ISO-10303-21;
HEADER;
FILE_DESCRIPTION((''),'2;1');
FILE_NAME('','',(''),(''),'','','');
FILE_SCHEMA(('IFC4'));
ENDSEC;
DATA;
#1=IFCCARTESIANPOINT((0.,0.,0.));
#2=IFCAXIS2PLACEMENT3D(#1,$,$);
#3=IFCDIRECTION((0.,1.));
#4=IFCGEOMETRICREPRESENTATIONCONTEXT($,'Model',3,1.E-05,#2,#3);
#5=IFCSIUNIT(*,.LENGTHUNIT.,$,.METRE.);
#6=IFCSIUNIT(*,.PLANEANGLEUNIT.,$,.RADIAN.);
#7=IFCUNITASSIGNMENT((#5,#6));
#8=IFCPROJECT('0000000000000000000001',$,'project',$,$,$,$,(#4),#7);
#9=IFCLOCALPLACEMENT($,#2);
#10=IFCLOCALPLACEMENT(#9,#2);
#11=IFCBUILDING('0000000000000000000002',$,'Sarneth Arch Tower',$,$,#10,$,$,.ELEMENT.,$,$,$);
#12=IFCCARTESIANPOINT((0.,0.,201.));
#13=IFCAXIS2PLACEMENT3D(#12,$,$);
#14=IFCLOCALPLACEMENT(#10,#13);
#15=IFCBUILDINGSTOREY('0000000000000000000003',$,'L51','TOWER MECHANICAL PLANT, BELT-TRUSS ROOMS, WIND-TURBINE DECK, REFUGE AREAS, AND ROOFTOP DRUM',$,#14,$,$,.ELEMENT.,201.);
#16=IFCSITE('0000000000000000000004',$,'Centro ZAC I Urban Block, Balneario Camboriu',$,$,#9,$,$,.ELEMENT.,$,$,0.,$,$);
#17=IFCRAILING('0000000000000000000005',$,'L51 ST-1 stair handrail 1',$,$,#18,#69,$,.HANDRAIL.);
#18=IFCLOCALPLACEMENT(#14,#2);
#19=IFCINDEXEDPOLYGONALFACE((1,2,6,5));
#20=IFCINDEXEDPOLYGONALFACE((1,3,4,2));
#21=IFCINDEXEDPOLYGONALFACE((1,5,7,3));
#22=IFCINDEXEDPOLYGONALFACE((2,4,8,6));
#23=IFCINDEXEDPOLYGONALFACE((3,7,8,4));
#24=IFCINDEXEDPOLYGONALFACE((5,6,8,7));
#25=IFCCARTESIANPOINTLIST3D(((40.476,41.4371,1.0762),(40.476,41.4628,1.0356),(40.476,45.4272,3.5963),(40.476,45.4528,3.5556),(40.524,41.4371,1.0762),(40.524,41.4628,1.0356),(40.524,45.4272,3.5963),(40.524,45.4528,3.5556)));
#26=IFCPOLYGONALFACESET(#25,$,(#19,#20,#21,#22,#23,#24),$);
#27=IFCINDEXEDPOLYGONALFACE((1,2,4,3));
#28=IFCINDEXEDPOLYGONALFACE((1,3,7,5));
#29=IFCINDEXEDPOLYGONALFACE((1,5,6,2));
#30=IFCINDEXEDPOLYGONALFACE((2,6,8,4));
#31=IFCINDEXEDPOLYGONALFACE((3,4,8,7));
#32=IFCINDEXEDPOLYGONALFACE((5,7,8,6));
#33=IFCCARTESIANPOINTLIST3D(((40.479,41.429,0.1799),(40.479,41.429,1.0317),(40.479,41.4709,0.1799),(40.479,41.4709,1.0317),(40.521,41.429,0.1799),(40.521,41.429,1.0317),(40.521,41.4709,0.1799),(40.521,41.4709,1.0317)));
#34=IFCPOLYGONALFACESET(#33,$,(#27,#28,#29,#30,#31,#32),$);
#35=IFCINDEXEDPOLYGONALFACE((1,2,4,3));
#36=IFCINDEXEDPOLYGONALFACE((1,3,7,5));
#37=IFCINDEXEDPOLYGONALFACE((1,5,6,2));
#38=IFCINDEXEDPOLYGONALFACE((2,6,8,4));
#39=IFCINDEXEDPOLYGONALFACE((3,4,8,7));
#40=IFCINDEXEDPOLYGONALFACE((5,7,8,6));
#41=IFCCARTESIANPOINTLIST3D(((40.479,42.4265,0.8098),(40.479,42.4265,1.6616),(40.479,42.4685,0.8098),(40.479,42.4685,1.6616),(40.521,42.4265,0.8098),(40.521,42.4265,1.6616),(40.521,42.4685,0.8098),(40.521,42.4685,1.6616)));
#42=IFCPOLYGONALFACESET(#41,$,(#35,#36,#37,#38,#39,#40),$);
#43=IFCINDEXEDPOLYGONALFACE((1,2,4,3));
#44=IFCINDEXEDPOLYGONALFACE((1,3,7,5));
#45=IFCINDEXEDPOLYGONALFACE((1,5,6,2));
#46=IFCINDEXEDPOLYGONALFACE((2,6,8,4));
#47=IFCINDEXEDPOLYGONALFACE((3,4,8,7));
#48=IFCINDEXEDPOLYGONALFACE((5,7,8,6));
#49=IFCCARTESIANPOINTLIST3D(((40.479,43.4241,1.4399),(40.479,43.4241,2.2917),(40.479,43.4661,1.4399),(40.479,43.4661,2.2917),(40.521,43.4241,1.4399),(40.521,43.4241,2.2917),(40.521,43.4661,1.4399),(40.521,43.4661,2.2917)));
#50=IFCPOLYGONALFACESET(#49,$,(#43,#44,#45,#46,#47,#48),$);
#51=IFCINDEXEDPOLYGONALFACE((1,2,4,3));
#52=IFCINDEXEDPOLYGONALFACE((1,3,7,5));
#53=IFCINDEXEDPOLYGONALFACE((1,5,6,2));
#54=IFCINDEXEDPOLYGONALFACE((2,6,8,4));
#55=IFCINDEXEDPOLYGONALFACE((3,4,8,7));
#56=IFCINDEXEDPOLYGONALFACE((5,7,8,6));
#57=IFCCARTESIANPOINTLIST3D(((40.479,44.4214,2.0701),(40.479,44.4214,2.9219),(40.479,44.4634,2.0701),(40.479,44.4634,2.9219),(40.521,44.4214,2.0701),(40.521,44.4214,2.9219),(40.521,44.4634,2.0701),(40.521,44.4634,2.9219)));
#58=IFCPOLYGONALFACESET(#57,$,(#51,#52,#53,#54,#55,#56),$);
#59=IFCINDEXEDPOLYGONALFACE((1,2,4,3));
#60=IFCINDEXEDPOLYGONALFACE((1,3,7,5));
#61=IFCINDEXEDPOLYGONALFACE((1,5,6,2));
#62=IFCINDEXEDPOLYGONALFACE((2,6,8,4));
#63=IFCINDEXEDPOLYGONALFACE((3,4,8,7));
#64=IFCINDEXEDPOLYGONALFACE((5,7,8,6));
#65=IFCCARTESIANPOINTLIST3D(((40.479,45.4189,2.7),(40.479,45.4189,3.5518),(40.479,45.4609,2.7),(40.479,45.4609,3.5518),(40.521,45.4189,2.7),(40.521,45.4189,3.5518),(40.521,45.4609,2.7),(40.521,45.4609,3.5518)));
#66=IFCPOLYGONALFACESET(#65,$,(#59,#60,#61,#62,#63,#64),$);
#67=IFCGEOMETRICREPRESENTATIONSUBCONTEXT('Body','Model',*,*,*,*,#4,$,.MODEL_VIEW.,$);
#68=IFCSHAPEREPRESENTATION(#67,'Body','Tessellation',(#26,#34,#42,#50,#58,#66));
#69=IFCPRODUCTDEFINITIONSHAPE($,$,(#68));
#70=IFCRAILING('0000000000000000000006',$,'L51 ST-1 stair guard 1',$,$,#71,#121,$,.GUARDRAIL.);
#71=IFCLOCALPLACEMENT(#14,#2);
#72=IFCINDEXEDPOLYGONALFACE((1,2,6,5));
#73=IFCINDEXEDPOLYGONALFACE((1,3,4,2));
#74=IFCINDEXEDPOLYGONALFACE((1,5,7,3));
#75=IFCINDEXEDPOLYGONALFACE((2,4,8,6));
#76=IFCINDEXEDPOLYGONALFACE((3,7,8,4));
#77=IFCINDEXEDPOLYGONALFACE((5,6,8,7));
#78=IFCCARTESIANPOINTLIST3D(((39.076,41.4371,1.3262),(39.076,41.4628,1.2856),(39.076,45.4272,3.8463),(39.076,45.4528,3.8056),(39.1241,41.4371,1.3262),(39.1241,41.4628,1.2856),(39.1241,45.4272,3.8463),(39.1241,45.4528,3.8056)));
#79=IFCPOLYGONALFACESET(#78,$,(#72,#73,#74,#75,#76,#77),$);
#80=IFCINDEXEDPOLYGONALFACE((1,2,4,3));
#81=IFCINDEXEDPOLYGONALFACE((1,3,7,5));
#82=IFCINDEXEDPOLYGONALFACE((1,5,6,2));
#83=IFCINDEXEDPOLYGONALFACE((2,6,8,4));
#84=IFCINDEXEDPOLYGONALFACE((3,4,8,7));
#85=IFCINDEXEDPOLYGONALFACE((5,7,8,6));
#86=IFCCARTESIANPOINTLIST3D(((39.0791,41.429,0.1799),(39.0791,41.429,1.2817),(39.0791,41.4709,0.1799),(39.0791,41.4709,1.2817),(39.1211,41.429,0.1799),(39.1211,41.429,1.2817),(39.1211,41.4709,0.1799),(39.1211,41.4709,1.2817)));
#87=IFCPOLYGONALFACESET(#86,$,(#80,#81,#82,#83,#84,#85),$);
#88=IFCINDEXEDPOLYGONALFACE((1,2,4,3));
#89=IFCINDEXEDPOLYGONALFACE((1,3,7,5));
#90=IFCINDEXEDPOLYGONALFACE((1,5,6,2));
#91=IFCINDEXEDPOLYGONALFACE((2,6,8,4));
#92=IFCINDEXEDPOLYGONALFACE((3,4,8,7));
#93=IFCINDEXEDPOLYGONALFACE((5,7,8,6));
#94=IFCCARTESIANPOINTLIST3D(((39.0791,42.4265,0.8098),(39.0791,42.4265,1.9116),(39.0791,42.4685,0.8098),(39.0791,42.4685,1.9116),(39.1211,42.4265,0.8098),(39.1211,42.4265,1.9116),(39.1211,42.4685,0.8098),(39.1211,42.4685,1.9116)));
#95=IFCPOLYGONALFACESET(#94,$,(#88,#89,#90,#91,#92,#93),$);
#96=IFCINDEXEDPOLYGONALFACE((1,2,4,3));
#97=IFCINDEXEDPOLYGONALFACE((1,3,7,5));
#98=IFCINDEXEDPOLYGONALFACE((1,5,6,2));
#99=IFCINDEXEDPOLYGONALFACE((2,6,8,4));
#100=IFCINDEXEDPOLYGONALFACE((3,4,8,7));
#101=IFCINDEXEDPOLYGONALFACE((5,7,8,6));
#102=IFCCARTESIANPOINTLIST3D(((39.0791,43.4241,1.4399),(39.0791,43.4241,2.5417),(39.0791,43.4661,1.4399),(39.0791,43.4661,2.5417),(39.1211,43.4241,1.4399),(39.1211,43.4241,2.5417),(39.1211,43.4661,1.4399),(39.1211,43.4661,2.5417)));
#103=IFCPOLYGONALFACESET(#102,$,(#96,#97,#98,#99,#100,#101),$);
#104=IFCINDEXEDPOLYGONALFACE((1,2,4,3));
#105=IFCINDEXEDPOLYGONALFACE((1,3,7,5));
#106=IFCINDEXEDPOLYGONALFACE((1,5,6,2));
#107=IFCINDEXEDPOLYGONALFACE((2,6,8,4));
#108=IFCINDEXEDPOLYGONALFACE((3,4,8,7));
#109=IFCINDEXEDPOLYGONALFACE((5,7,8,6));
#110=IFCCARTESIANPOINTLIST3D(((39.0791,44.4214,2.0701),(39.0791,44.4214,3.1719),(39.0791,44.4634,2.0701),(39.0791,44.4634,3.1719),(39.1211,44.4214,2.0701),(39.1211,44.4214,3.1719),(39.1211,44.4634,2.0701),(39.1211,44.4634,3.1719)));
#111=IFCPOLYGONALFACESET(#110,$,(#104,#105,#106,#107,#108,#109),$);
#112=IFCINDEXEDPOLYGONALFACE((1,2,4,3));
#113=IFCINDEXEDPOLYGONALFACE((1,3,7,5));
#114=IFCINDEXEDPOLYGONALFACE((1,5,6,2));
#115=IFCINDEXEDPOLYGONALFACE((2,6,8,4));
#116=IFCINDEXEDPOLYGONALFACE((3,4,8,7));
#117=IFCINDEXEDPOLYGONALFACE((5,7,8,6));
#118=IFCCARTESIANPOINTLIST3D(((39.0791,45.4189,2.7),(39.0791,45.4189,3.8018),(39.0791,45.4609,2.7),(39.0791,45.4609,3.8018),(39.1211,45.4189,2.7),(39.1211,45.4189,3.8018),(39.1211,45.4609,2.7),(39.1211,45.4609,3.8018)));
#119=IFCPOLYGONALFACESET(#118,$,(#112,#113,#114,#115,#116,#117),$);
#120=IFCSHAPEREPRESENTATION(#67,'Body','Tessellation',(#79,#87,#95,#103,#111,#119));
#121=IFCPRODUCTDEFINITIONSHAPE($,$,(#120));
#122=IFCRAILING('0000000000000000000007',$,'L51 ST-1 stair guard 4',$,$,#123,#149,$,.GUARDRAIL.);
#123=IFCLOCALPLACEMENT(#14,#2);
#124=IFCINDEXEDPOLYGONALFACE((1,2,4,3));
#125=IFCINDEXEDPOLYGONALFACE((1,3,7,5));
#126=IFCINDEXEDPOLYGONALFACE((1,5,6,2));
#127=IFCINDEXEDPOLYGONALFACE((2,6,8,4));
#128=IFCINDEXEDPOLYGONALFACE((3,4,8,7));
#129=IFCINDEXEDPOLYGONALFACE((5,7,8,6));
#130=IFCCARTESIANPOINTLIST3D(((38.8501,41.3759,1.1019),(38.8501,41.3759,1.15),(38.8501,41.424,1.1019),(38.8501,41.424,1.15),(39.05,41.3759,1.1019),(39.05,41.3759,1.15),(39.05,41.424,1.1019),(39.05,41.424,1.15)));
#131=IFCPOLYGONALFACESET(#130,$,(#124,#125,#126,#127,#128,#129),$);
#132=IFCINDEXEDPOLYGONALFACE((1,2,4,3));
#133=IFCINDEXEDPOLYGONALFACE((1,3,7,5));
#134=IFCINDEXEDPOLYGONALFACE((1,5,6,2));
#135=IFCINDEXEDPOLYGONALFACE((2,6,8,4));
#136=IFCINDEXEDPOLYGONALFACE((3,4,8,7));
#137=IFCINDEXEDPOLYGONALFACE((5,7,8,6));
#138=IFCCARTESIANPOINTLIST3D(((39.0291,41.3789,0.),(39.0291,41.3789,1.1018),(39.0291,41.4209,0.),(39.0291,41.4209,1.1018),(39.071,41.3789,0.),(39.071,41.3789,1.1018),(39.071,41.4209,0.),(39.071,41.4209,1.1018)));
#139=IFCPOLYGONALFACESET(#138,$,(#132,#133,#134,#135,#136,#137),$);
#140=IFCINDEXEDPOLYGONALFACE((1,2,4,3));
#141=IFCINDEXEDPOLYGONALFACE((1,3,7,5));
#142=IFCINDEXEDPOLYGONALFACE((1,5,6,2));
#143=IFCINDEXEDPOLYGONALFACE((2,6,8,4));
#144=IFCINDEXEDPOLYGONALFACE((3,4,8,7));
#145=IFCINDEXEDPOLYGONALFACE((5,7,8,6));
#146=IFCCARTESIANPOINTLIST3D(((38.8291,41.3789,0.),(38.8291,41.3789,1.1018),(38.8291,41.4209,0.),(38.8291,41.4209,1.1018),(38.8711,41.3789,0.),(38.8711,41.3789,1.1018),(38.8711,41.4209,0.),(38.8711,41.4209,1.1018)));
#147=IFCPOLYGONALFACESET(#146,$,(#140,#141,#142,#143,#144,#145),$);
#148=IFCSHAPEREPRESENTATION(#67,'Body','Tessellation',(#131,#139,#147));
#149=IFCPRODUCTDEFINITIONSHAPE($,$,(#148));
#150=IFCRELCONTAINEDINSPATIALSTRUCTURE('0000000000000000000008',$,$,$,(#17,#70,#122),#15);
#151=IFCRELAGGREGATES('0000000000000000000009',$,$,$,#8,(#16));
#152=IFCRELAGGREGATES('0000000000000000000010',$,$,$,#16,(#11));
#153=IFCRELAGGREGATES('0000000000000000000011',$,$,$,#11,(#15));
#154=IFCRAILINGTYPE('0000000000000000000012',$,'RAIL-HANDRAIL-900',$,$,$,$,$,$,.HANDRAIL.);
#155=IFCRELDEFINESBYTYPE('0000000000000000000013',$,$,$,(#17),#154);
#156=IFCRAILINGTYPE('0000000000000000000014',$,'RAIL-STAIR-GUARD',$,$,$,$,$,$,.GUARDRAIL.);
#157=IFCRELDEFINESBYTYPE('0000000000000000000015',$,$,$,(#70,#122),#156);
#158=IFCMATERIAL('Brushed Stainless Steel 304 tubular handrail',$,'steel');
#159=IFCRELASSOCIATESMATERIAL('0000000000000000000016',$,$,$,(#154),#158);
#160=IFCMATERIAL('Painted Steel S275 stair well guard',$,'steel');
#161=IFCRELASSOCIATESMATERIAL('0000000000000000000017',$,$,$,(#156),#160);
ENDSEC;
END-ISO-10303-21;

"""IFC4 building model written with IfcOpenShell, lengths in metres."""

from ifc_helpers import new_model, si_unit, direction, frame, origin, origin_2d, place, context, subcontext, project, spatial, rectangle, extrude, material, type_object, element, save


model = new_model("IFC4")

# Units and contexts
model_context = context("Model", 3, precision=1e-05, world=origin(), true_north=direction((0.0, 1.0)))
body_context = subcontext(model_context, "Body", "Model", "MODEL_VIEW")
ifc_project = project(units=[si_unit("LENGTHUNIT", "METRE"), si_unit("PLANEANGLEUNIT", "RADIAN")], contexts=[model_context])

# Site, building, storey
site_placement = place(None, origin())
site = spatial("IfcSite", under=ifc_project, at=site_placement, Name="Centro ZAC I Urban Block, Balneario Camboriu", CompositionType="ELEMENT", RefElevation=0.0)
building_placement = place(site_placement, origin())
building = spatial("IfcBuilding", under=site, at=building_placement, Name="Sarneth Arch Tower", CompositionType="ELEMENT")
storey_placement = place(building_placement, frame((0.0, 0.0, 201.0)))
storey = spatial("IfcBuildingStorey", under=building, at=storey_placement, Name="L51", Description="TOWER MECHANICAL PLANT, BELT-TRUSS ROOMS, WIND-TURBINE DECK, REFUGE AREAS, AND ROOFTOP DRUM", CompositionType="ELEMENT", Elevation=201.0)

# Railings
ifc_material_1 = material(Name="Brushed Stainless Steel 304 tubular handrail", Category="steel")
railing_type_1 = type_object("IfcRailingType", Name="RAIL-HANDRAIL-900", PredefinedType="HANDRAIL", material=ifc_material_1)
railing_1_placement = place(storey_placement, frame((40.5, 41.45, 0.1799)))
element("IfcRailing", 1, at=railing_1_placement, inside=storey, type_object=railing_type_1, Name="L51 ST-1 stair handrail 1", PredefinedType="HANDRAIL", context=body_context, shape_type="SweptSolid", body=[
    extrude(rectangle(XDim=0.0481, YDim=0.0481, at=origin_2d()), frame((0.0, 0.0, 0.876), z_axis=(0.0, 0.845486, 0.533997), x_axis=(-1.0, 0.0, 0.0)), (0.0, 0.0, 1.0), 4.7192),
    extrude(rectangle(XDim=0.042, YDim=0.042, at=origin_2d()), origin(), (0.0, 0.0, 1.0), 0.8518),
    extrude(rectangle(XDim=0.042, YDim=0.042, at=origin_2d()), frame((0.0, 0.9976, 0.6299)), (0.0, 0.0, 1.0), 0.8518),
    extrude(rectangle(XDim=0.042, YDim=0.042, at=origin_2d()), frame((0.0, 1.9951, 1.26)), (0.0, 0.0, 1.0), 0.8518),
    extrude(rectangle(XDim=0.042, YDim=0.042, at=origin_2d()), frame((0.0, 2.9924, 1.8901)), (0.0, 0.0, 1.0), 0.8518),
    extrude(rectangle(XDim=0.042, YDim=0.042, at=origin_2d()), frame((0.0, 3.99, 2.52)), (0.0, 0.0, 1.0), 0.8518),
])
ifc_material_2 = material(Name="Painted Steel S275 stair well guard", Category="steel")
railing_type_2 = type_object("IfcRailingType", Name="RAIL-STAIR-GUARD", PredefinedType="GUARDRAIL", material=ifc_material_2)
railing_2_placement = place(storey_placement, frame((39.1001, 41.45, 0.1799)))
element("IfcRailing", 2, at=railing_2_placement, inside=storey, type_object=railing_type_2, Name="L51 ST-1 stair guard 1", PredefinedType="GUARDRAIL", context=body_context, shape_type="SweptSolid", body=[
    extrude(rectangle(XDim=0.0481, YDim=0.0481, at=origin_2d()), frame((0.0, 0.0, 1.126), z_axis=(0.0, 0.845486, 0.533997), x_axis=(-1.0, 0.0, 0.0)), (0.0, 0.0, 1.0), 4.7192),
    extrude(rectangle(XDim=0.042, YDim=0.042, at=origin_2d()), origin(), (0.0, 0.0, 1.0), 1.1018),
    extrude(rectangle(XDim=0.042, YDim=0.042, at=origin_2d()), frame((0.0, 0.9976, 0.6299)), (0.0, 0.0, 1.0), 1.1018),
    extrude(rectangle(XDim=0.042, YDim=0.042, at=origin_2d()), frame((0.0, 1.9951, 1.26)), (0.0, 0.0, 1.0), 1.1018),
    extrude(rectangle(XDim=0.042, YDim=0.042, at=origin_2d()), frame((0.0, 2.9924, 1.8901)), (0.0, 0.0, 1.0), 1.1018),
    extrude(rectangle(XDim=0.042, YDim=0.042, at=origin_2d()), frame((0.0, 3.99, 2.52)), (0.0, 0.0, 1.0), 1.1018),
])
railing_3_placement = place(storey_placement, frame((39.05, 41.3999, 0.0)))
element("IfcRailing", 3, at=railing_3_placement, inside=storey, type_object=railing_type_2, Name="L51 ST-1 stair guard 4", PredefinedType="GUARDRAIL", context=body_context, shape_type="SweptSolid", body=[
    extrude(rectangle(XDim=0.0481, YDim=0.0481, at=origin_2d()), frame((0.0, 0.0, 1.126), z_axis=(-1.0, 0.0, 0.0), x_axis=(0.0, -1.0, 0.0)), (0.0, 0.0, 1.0), 0.2),
    extrude(rectangle(XDim=0.042, YDim=0.042, at=origin_2d()), origin(), (0.0, 0.0, 1.0), 1.1018),
    extrude(rectangle(XDim=0.042, YDim=0.042, at=origin_2d()), frame((-0.2, 0.0, 0.0)), (0.0, 0.0, 1.0), 1.1018),
])

save(model, "model.ifc")
